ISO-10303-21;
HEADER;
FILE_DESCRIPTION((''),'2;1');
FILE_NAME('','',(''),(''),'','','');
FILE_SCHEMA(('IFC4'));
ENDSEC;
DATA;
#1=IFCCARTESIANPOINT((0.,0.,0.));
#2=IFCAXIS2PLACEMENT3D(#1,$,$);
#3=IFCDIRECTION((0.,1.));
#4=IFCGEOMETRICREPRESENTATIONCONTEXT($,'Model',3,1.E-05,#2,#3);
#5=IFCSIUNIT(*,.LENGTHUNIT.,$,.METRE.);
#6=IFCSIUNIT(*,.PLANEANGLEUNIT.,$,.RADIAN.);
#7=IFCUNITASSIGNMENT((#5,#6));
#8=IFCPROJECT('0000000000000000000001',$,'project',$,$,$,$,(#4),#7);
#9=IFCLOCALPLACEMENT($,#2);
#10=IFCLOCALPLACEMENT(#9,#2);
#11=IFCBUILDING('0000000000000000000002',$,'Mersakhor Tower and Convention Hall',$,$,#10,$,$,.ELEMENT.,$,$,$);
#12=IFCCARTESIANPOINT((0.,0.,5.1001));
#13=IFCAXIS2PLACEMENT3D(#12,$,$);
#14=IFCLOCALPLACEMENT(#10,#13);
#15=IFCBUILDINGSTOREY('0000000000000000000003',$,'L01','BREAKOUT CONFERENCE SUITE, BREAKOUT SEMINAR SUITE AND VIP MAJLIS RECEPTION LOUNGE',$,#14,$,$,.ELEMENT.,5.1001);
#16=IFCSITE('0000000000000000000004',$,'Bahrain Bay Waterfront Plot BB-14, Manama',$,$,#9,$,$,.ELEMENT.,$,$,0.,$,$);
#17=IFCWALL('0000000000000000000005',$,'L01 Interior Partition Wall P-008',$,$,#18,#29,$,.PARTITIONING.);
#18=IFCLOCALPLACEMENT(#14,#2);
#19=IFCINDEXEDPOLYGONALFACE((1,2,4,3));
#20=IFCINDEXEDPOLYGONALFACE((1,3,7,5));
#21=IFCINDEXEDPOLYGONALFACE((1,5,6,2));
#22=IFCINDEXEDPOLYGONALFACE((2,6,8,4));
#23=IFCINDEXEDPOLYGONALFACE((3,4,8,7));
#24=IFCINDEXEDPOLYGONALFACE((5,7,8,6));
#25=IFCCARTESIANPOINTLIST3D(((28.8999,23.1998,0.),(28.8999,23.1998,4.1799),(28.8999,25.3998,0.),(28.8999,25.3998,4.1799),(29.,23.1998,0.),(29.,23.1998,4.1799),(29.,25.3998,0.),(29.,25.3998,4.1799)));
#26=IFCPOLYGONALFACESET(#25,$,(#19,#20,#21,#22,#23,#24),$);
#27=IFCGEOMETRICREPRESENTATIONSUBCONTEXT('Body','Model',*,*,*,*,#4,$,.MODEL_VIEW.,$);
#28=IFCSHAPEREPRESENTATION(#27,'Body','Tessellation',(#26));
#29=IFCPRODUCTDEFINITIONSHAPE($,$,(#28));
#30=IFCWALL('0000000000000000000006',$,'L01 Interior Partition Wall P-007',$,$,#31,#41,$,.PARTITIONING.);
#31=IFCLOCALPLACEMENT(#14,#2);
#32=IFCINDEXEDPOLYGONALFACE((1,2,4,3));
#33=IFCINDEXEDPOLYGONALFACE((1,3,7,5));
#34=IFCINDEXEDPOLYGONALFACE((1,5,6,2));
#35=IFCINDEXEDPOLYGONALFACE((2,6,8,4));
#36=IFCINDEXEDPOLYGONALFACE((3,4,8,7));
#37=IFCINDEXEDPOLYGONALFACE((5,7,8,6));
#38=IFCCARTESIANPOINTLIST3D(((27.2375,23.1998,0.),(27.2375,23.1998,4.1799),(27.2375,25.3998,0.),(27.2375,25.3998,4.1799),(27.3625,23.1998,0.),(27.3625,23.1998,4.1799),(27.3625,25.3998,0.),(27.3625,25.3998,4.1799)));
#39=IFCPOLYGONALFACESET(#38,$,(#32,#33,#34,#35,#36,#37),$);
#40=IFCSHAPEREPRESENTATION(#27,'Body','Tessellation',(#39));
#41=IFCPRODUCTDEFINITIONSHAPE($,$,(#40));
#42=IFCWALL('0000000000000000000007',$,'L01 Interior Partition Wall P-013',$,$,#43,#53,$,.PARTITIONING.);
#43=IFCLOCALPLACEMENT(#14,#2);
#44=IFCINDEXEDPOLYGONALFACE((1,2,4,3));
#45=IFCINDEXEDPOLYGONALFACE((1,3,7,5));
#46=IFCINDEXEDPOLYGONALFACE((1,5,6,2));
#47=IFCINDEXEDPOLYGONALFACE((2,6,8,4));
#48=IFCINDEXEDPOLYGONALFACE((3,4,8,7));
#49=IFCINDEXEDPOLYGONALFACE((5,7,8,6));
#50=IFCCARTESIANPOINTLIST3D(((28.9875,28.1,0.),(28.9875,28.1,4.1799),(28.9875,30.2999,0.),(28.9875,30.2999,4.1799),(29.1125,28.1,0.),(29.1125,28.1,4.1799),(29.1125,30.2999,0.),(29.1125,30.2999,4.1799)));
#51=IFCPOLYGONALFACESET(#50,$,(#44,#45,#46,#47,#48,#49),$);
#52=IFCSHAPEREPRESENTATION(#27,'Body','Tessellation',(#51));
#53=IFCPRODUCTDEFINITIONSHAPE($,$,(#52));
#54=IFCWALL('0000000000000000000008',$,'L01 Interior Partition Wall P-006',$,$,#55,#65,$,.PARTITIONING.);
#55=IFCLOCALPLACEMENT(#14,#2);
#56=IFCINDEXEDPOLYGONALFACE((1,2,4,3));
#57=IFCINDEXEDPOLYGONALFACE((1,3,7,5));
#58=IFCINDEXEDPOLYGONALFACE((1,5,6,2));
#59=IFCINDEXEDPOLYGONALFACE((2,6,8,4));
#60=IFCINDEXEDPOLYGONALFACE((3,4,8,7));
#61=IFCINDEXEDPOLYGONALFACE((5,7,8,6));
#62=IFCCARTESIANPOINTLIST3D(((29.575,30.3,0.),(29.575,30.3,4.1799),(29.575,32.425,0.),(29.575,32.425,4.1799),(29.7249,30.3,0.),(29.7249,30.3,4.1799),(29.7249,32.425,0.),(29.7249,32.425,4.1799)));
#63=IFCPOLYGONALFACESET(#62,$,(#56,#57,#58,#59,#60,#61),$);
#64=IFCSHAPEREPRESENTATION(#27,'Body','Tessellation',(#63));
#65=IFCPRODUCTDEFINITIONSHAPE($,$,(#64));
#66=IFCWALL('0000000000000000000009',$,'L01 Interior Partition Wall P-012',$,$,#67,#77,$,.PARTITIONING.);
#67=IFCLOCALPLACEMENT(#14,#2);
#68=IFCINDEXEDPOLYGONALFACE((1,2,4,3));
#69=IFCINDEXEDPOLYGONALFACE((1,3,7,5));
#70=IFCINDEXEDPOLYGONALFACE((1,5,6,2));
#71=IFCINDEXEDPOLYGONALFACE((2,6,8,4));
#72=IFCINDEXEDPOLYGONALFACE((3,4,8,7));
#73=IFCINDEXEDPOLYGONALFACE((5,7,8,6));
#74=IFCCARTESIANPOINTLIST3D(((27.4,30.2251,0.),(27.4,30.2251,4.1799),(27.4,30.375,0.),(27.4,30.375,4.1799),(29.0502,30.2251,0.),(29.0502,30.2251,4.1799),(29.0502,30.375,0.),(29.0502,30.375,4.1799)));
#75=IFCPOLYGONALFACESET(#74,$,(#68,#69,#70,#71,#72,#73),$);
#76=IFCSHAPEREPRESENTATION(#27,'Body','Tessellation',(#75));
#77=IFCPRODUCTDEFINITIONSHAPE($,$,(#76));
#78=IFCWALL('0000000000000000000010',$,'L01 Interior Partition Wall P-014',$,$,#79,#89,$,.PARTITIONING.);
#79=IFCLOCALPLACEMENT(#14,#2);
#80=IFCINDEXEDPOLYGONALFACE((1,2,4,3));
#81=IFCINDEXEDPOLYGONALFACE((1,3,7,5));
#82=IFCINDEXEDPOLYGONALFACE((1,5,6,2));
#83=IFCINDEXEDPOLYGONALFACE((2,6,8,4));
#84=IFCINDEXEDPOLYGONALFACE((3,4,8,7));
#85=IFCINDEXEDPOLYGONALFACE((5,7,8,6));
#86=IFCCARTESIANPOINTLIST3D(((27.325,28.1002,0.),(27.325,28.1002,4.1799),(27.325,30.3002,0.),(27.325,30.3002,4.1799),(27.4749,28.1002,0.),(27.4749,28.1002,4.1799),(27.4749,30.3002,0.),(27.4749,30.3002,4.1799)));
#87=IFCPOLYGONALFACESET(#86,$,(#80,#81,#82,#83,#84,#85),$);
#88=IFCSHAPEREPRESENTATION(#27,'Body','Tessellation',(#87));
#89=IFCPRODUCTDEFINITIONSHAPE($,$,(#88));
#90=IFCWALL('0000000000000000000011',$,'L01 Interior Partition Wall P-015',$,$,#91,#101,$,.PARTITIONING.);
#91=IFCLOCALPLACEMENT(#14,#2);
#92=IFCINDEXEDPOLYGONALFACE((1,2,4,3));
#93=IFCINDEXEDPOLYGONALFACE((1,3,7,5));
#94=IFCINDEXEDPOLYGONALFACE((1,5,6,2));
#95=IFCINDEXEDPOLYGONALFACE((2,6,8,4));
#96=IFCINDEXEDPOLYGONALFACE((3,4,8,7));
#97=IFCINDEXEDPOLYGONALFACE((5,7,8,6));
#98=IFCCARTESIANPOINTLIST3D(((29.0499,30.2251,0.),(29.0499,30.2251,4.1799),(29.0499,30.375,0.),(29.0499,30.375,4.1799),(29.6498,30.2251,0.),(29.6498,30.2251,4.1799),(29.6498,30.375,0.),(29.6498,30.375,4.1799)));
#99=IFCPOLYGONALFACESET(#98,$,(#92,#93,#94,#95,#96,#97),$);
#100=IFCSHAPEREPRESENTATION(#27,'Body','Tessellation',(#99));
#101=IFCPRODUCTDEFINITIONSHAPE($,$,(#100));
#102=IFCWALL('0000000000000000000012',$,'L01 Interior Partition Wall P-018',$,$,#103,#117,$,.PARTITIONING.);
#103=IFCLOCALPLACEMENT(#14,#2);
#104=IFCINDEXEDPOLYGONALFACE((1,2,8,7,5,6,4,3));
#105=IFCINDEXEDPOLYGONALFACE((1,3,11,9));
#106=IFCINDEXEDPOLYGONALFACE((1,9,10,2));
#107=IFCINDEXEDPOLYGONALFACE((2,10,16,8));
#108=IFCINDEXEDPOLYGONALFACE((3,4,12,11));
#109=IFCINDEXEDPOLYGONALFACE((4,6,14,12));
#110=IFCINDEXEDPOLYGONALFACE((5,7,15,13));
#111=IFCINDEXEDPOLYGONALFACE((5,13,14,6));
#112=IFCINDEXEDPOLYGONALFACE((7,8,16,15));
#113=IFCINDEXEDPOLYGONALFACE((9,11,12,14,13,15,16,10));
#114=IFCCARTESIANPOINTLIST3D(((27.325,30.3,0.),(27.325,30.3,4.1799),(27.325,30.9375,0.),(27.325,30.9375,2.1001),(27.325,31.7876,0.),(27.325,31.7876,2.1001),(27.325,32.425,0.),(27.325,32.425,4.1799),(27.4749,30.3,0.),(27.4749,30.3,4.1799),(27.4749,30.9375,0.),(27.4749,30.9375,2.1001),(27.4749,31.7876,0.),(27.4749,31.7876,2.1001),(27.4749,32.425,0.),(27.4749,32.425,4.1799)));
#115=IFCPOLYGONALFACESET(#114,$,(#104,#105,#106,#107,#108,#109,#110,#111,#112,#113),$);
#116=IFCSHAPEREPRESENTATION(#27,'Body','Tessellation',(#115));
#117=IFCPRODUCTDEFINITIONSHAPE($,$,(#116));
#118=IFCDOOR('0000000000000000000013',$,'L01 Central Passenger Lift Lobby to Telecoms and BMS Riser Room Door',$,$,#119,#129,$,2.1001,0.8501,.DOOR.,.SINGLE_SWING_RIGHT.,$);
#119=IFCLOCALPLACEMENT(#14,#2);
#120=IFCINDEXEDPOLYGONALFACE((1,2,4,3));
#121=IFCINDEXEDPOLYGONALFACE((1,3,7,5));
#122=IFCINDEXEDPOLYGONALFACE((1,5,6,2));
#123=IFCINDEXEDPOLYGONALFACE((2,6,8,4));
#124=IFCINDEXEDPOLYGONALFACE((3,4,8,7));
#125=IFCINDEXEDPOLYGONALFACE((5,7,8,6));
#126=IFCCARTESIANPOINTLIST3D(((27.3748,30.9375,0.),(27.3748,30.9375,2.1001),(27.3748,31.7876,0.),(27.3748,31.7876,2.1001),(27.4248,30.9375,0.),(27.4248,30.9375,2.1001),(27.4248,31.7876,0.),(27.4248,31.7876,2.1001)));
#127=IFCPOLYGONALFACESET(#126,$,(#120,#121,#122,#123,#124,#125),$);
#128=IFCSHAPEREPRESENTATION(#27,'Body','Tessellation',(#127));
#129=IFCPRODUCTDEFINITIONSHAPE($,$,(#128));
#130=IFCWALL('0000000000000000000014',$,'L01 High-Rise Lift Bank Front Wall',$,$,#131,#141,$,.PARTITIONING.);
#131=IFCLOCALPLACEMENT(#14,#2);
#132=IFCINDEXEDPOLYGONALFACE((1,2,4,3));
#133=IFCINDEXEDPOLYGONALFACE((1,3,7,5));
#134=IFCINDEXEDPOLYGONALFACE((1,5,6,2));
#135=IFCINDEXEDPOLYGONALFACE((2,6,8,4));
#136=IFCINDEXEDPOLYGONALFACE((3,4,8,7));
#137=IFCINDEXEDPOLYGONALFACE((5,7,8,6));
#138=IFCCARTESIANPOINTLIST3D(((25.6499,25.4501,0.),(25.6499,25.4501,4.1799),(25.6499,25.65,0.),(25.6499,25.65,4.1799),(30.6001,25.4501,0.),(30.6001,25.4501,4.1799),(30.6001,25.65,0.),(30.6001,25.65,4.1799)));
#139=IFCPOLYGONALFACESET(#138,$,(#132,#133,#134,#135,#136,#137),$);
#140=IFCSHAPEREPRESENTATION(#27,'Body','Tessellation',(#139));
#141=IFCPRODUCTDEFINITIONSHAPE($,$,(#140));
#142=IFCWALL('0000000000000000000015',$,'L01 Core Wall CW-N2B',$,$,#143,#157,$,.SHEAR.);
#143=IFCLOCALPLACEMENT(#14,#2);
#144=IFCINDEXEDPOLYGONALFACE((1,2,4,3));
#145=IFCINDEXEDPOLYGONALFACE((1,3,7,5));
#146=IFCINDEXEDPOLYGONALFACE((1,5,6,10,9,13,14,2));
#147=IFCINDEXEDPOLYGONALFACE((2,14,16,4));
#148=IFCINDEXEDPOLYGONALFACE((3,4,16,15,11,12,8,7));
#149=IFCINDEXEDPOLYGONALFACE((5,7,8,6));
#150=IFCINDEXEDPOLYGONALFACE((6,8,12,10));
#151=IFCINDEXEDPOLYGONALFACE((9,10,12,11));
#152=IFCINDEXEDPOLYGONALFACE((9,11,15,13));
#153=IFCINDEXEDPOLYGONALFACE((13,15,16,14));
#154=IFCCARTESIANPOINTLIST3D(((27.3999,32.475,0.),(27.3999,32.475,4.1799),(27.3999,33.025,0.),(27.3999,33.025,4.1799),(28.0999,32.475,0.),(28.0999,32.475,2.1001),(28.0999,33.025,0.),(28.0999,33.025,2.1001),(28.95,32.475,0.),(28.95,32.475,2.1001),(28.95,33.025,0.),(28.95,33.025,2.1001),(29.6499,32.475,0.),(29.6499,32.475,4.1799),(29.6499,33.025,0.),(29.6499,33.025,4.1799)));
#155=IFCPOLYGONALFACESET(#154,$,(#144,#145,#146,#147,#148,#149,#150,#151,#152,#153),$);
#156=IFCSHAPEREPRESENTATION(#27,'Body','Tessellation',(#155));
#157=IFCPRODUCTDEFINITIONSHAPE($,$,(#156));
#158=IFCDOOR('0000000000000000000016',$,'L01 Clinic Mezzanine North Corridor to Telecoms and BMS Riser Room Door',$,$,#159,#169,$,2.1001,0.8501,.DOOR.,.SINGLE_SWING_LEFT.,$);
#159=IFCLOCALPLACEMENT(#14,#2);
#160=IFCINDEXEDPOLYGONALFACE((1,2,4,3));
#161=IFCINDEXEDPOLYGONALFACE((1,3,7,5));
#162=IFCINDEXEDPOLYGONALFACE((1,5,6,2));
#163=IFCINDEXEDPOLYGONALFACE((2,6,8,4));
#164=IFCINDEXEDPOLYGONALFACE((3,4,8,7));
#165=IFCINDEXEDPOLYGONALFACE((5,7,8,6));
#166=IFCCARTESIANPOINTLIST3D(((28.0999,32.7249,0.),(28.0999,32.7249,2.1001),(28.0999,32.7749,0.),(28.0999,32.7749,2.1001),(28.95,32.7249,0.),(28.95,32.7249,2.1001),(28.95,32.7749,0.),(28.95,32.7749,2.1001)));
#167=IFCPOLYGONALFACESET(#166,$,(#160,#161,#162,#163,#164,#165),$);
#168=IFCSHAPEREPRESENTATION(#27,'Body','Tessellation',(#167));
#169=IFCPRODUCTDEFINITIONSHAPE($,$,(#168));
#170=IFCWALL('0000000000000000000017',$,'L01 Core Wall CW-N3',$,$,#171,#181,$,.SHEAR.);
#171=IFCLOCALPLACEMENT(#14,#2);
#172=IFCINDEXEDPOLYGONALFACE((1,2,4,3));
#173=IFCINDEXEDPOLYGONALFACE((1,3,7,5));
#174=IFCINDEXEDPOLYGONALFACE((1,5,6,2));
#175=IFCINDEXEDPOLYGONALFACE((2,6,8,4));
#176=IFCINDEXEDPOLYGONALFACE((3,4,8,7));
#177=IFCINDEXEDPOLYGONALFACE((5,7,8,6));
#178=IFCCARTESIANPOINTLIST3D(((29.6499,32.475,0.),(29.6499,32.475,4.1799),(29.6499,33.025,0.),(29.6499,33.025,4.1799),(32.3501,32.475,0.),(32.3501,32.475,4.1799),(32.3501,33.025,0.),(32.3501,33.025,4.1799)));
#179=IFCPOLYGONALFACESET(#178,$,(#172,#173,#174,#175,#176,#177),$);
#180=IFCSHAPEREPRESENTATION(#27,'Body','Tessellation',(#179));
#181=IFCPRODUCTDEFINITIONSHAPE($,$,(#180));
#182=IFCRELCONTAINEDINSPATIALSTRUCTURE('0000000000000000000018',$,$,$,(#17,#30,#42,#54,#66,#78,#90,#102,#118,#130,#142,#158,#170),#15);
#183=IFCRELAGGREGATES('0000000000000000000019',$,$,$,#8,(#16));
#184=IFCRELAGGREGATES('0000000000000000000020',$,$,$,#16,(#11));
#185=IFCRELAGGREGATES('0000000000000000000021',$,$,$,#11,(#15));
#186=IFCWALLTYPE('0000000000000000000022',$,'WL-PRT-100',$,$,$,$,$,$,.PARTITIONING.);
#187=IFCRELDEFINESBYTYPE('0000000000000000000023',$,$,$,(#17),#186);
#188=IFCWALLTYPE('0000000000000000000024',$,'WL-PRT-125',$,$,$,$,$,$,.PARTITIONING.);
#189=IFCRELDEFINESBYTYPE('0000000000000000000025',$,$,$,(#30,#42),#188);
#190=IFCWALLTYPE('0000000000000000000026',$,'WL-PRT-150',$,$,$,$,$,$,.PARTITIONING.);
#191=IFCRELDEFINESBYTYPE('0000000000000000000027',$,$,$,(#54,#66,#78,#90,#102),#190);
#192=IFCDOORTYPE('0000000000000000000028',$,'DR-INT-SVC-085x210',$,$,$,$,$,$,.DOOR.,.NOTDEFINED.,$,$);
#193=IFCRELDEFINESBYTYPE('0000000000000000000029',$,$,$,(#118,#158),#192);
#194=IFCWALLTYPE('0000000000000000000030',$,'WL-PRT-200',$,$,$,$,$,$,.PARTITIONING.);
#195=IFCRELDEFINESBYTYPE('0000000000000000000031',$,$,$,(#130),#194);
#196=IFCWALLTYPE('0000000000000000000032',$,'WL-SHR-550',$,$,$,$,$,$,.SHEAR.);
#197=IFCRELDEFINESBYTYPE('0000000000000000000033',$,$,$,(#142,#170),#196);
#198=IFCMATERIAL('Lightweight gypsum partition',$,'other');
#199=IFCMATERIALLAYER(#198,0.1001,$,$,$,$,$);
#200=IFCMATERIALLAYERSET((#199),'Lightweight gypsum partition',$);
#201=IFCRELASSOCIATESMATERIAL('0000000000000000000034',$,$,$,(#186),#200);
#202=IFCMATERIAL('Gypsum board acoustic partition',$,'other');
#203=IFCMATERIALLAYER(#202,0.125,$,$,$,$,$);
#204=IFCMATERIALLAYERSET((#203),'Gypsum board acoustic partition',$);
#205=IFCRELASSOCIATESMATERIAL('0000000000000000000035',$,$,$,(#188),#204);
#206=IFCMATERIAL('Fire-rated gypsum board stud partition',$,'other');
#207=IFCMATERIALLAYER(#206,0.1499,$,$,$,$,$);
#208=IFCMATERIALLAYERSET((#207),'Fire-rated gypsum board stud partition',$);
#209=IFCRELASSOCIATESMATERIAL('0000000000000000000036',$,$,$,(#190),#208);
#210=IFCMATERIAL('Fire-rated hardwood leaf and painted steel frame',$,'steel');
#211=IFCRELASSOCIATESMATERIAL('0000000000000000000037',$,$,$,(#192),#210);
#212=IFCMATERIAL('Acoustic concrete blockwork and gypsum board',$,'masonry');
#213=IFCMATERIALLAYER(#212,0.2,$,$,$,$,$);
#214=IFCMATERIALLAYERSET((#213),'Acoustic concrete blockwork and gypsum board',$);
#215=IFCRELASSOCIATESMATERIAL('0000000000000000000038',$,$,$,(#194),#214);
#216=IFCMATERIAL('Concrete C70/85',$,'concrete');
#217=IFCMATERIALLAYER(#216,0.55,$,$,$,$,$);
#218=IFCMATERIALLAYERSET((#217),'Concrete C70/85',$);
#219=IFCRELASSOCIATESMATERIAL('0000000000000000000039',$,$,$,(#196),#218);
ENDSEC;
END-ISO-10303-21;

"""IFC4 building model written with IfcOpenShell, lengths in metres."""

from ifc_helpers import new_model, si_unit, direction, frame, frame_2d, origin, place, context, subcontext, project, spatial, rectangle, extrude, material, layer, layer_set, type_object, element, fill, save


model = new_model("IFC4")

# Units and contexts
model_context = context("Model", 3, precision=1e-05, world=origin(), true_north=direction((0.0, 1.0)))
body_context = subcontext(model_context, "Body", "Model", "MODEL_VIEW")
ifc_project = project(units=[si_unit("LENGTHUNIT", "METRE"), si_unit("PLANEANGLEUNIT", "RADIAN")], contexts=[model_context])

# Site, building, storey
site_placement = place(None, origin())
site = spatial("IfcSite", under=ifc_project, at=site_placement, Name="Bahrain Bay Waterfront Plot BB-14, Manama", CompositionType="ELEMENT", RefElevation=0.0)
building_placement = place(site_placement, origin())
building = spatial("IfcBuilding", under=site, at=building_placement, Name="Mersakhor Tower and Convention Hall", CompositionType="ELEMENT")
storey_placement = place(building_placement, frame((0.0, 0.0, 5.1001)))
storey = spatial("IfcBuildingStorey", under=building, at=storey_placement, Name="L01", Description="BREAKOUT CONFERENCE SUITE, BREAKOUT SEMINAR SUITE AND VIP MAJLIS RECEPTION LOUNGE", CompositionType="ELEMENT", Elevation=5.1001)

# Walls
ifc_material_1 = material(Name="Lightweight gypsum partition", Category="other")
ifc_layer_1 = layer(ifc_material_1, 0.1001)
ifc_layer_set_1 = layer_set([ifc_layer_1], Name="Lightweight gypsum partition")
wall_type_1 = type_object("IfcWallType", Name="WL-PRT-100", PredefinedType="PARTITIONING", material=ifc_layer_set_1)
wall_1_placement = place(storey_placement, frame((28.95, 25.3999, 0.0), z_axis=(0.0, 0.0, 1.0), x_axis=(0.0, -1.0, 0.0)))
element("IfcWall", 1, at=wall_1_placement, inside=storey, type_object=wall_type_1, Name="L01 Interior Partition Wall P-008", PredefinedType="PARTITIONING", context=body_context, shape_type="SweptSolid", body=[
    extrude(rectangle(XDim=2.2, YDim=0.1001, at=frame_2d((1.1001, 0.0))), origin(), (0.0, 0.0, 1.0), 4.1799),
])
ifc_material_2 = material(Name="Gypsum board acoustic partition", Category="other")
ifc_layer_2 = layer(ifc_material_2, 0.125)
ifc_layer_set_2 = layer_set([ifc_layer_2], Name="Gypsum board acoustic partition")
wall_type_2 = type_object("IfcWallType", Name="WL-PRT-125", PredefinedType="PARTITIONING", material=ifc_layer_set_2)
for number, where, z_axis, x_axis, name in (
    (2, (27.3, 25.3999, 0.0), (0.0, 0.0, 1.0), (0.0, -1.0, 0.0), "L01 Interior Partition Wall P-007"),
    (3, (29.05, 30.3, 0.0), (0.0, 0.0, 1.0), (0.0, -1.0, 0.0), "L01 Interior Partition Wall P-013"),
):
    element("IfcWall", number, at=place(storey_placement, frame(where, z_axis=z_axis, x_axis=x_axis)), inside=storey, type_object=wall_type_2, Name=name, PredefinedType="PARTITIONING", context=body_context, shape_type="SweptSolid", body=[
        extrude(rectangle(XDim=2.2, YDim=0.125, at=frame_2d((1.1001, 0.0))), origin(), (0.0, 0.0, 1.0), 4.1799),
    ])
ifc_material_3 = material(Name="Fire-rated gypsum board stud partition", Category="other")
ifc_layer_3 = layer(ifc_material_3, 0.1499)
ifc_layer_set_3 = layer_set([ifc_layer_3], Name="Fire-rated gypsum board stud partition")
wall_type_3 = type_object("IfcWallType", Name="WL-PRT-150", PredefinedType="PARTITIONING", material=ifc_layer_set_3)
wall_2_placement = place(storey_placement, frame((29.6499, 30.3, 0.0), z_axis=(0.0, 0.0, 1.0), x_axis=(0.0, 1.0, 0.0)))
element("IfcWall", 4, at=wall_2_placement, inside=storey, type_object=wall_type_3, Name="L01 Interior Partition Wall P-006", PredefinedType="PARTITIONING", context=body_context, shape_type="SweptSolid", body=[
    extrude(rectangle(XDim=2.125, YDim=0.1499, at=frame_2d((1.0625, 0.0))), origin(), (0.0, 0.0, 1.0), 4.1799),
])
wall_3_placement = place(storey_placement, frame((27.3999, 30.3, 0.0), z_axis=(0.0, 0.0, 1.0), x_axis=(1.0, 0.0, 0.0)))
element("IfcWall", 5, at=wall_3_placement, inside=storey, type_object=wall_type_3, Name="L01 Interior Partition Wall P-012", PredefinedType="PARTITIONING", context=body_context, shape_type="SweptSolid", body=[
    extrude(rectangle(XDim=1.6501, YDim=0.1499, at=frame_2d((0.8252, 0.0))), origin(), (0.0, 0.0, 1.0), 4.1799),
])
wall_4_placement = place(storey_placement, frame((27.3999, 28.1001, 0.0), z_axis=(0.0, 0.0, 1.0), x_axis=(0.0, 1.0, 0.0)))
element("IfcWall", 6, at=wall_4_placement, inside=storey, type_object=wall_type_3, Name="L01 Interior Partition Wall P-014", PredefinedType="PARTITIONING", context=body_context, shape_type="SweptSolid", body=[
    extrude(rectangle(XDim=2.2, YDim=0.1499, at=frame_2d((1.1001, 0.0))), origin(), (0.0, 0.0, 1.0), 4.1799),
])
wall_5_placement = place(storey_placement, frame((29.05, 30.3, 0.0), z_axis=(0.0, 0.0, 1.0), x_axis=(1.0, 0.0, 0.0)))
element("IfcWall", 7, at=wall_5_placement, inside=storey, type_object=wall_type_3, Name="L01 Interior Partition Wall P-015", PredefinedType="PARTITIONING", context=body_context, shape_type="SweptSolid", body=[
    extrude(rectangle(XDim=0.5999, YDim=0.1499, at=frame_2d((0.2998, 0.0))), origin(), (0.0, 0.0, 1.0), 4.1799),
])

# Wall, opening, door
wall_6_placement = place(storey_placement, frame((27.3999, 32.425, 0.0), z_axis=(0.0, 0.0, 1.0), x_axis=(0.0, -1.0, 0.0)))
wall_6 = element("IfcWall", 8, at=wall_6_placement, inside=storey, type_object=wall_type_3, Name="L01 Interior Partition Wall P-018", PredefinedType="PARTITIONING", context=body_context, shape_type="SweptSolid", body=[
    extrude(rectangle(XDim=2.125, YDim=0.1499, at=frame_2d((1.0625, 0.0))), origin(), (0.0, 0.0, 1.0), 4.1799),
])
opening_1_placement = place(wall_6_placement, frame((0.6375, 0.0, 0.0)))
opening_1 = element("IfcOpeningElement", 9, at=opening_1_placement, cuts=wall_6, PredefinedType="OPENING", context=body_context, shape_type="SweptSolid", body=[
    extrude(rectangle(XDim=0.8501, YDim=2.1001, at=frame_2d((0.425, 1.05))), frame((0.0, 0.085, 0.0), z_axis=(0.0, -1.0, 0.0), x_axis=(1.0, 0.0, 0.0)), (0.0, 0.0, 1.0), 0.1699),
])
ifc_material_4 = material(Name="Fire-rated hardwood leaf and painted steel frame", Category="steel")
door_type_1 = type_object("IfcDoorType", Name="DR-INT-SVC-085x210", OperationType="NOTDEFINED", PredefinedType="DOOR", material=ifc_material_4)
door_1_placement = place(opening_1_placement, origin())
door_1 = element("IfcDoor", 10, at=door_1_placement, inside=storey, type_object=door_type_1, Name="L01 Central Passenger Lift Lobby to Telecoms and BMS Riser Room Door", OperationType="SINGLE_SWING_RIGHT", OverallHeight=2.1001, OverallWidth=0.8501, PredefinedType="DOOR", context=body_context, shape_type="SweptSolid", body=[
    extrude(rectangle(XDim=0.8501, YDim=2.1001, at=frame_2d((0.425, 1.05))), frame((0.0, 0.0249, 0.0), z_axis=(0.0, -1.0, 0.0), x_axis=(1.0, 0.0, 0.0)), (0.0, 0.0, 1.0), 0.05),
])
fill(opening_1, door_1)

# Wall
ifc_material_5 = material(Name="Acoustic concrete blockwork and gypsum board", Category="masonry")
ifc_layer_4 = layer(ifc_material_5, 0.2)
ifc_layer_set_4 = layer_set([ifc_layer_4], Name="Acoustic concrete blockwork and gypsum board")
wall_type_4 = type_object("IfcWallType", Name="WL-PRT-200", PredefinedType="PARTITIONING", material=ifc_layer_set_4)
wall_7_placement = place(storey_placement, frame((25.6499, 25.55, 0.0), z_axis=(0.0, 0.0, 1.0), x_axis=(1.0, 0.0, 0.0)))
element("IfcWall", 11, at=wall_7_placement, inside=storey, type_object=wall_type_4, Name="L01 High-Rise Lift Bank Front Wall", PredefinedType="PARTITIONING", context=body_context, shape_type="SweptSolid", body=[
    extrude(rectangle(XDim=4.9502, YDim=0.2, at=frame_2d((2.4751, 0.0))), origin(), (0.0, 0.0, 1.0), 4.1799),
])

# Wall, opening, door
ifc_material_6 = material(Name="Concrete C70/85", Category="concrete")
ifc_layer_5 = layer(ifc_material_6, 0.55)
ifc_layer_set_5 = layer_set([ifc_layer_5], Name="Concrete C70/85")
wall_type_5 = type_object("IfcWallType", Name="WL-SHR-550", PredefinedType="SHEAR", material=ifc_layer_set_5)
wall_8_placement = place(storey_placement, frame((27.3999, 32.75, 0.0), z_axis=(0.0, 0.0, 1.0), x_axis=(1.0, 0.0, 0.0)))
wall_8 = element("IfcWall", 12, at=wall_8_placement, inside=storey, type_object=wall_type_5, Name="L01 Core Wall CW-N2B", PredefinedType="SHEAR", context=body_context, shape_type="SweptSolid", body=[
    extrude(rectangle(XDim=2.25, YDim=0.55, at=frame_2d((1.125, 0.0))), origin(), (0.0, 0.0, 1.0), 4.1799),
])
opening_2_placement = place(wall_8_placement, frame((0.7, 0.0, 0.0)))
opening_2 = element("IfcOpeningElement", 13, at=opening_2_placement, cuts=wall_8, PredefinedType="OPENING", context=body_context, shape_type="SweptSolid", body=[
    extrude(rectangle(XDim=0.8501, YDim=2.1001, at=frame_2d((0.425, 1.05))), frame((0.0, 0.2849, 0.0), z_axis=(0.0, -1.0, 0.0), x_axis=(1.0, 0.0, 0.0)), (0.0, 0.0, 1.0), 0.5701),
])
door_2_placement = place(opening_2_placement, origin())
door_2 = element("IfcDoor", 14, at=door_2_placement, inside=storey, type_object=door_type_1, Name="L01 Clinic Mezzanine North Corridor to Telecoms and BMS Riser Room Door", OperationType="SINGLE_SWING_LEFT", OverallHeight=2.1001, OverallWidth=0.8501, PredefinedType="DOOR", context=body_context, shape_type="SweptSolid", body=[
    extrude(rectangle(XDim=0.8501, YDim=2.1001, at=frame_2d((0.425, 1.05))), frame((0.0, 0.0249, 0.0), z_axis=(0.0, -1.0, 0.0), x_axis=(1.0, 0.0, 0.0)), (0.0, 0.0, 1.0), 0.05),
])
fill(opening_2, door_2)

# Wall
wall_9_placement = place(storey_placement, frame((29.6499, 32.75, 0.0), z_axis=(0.0, 0.0, 1.0), x_axis=(1.0, 0.0, 0.0)))
element("IfcWall", 15, at=wall_9_placement, inside=storey, type_object=wall_type_5, Name="L01 Core Wall CW-N3", PredefinedType="SHEAR", context=body_context, shape_type="SweptSolid", body=[
    extrude(rectangle(XDim=2.7002, YDim=0.55, at=frame_2d((1.3501, 0.0))), origin(), (0.0, 0.0, 1.0), 4.1799),
])

save(model, "model.ifc")
